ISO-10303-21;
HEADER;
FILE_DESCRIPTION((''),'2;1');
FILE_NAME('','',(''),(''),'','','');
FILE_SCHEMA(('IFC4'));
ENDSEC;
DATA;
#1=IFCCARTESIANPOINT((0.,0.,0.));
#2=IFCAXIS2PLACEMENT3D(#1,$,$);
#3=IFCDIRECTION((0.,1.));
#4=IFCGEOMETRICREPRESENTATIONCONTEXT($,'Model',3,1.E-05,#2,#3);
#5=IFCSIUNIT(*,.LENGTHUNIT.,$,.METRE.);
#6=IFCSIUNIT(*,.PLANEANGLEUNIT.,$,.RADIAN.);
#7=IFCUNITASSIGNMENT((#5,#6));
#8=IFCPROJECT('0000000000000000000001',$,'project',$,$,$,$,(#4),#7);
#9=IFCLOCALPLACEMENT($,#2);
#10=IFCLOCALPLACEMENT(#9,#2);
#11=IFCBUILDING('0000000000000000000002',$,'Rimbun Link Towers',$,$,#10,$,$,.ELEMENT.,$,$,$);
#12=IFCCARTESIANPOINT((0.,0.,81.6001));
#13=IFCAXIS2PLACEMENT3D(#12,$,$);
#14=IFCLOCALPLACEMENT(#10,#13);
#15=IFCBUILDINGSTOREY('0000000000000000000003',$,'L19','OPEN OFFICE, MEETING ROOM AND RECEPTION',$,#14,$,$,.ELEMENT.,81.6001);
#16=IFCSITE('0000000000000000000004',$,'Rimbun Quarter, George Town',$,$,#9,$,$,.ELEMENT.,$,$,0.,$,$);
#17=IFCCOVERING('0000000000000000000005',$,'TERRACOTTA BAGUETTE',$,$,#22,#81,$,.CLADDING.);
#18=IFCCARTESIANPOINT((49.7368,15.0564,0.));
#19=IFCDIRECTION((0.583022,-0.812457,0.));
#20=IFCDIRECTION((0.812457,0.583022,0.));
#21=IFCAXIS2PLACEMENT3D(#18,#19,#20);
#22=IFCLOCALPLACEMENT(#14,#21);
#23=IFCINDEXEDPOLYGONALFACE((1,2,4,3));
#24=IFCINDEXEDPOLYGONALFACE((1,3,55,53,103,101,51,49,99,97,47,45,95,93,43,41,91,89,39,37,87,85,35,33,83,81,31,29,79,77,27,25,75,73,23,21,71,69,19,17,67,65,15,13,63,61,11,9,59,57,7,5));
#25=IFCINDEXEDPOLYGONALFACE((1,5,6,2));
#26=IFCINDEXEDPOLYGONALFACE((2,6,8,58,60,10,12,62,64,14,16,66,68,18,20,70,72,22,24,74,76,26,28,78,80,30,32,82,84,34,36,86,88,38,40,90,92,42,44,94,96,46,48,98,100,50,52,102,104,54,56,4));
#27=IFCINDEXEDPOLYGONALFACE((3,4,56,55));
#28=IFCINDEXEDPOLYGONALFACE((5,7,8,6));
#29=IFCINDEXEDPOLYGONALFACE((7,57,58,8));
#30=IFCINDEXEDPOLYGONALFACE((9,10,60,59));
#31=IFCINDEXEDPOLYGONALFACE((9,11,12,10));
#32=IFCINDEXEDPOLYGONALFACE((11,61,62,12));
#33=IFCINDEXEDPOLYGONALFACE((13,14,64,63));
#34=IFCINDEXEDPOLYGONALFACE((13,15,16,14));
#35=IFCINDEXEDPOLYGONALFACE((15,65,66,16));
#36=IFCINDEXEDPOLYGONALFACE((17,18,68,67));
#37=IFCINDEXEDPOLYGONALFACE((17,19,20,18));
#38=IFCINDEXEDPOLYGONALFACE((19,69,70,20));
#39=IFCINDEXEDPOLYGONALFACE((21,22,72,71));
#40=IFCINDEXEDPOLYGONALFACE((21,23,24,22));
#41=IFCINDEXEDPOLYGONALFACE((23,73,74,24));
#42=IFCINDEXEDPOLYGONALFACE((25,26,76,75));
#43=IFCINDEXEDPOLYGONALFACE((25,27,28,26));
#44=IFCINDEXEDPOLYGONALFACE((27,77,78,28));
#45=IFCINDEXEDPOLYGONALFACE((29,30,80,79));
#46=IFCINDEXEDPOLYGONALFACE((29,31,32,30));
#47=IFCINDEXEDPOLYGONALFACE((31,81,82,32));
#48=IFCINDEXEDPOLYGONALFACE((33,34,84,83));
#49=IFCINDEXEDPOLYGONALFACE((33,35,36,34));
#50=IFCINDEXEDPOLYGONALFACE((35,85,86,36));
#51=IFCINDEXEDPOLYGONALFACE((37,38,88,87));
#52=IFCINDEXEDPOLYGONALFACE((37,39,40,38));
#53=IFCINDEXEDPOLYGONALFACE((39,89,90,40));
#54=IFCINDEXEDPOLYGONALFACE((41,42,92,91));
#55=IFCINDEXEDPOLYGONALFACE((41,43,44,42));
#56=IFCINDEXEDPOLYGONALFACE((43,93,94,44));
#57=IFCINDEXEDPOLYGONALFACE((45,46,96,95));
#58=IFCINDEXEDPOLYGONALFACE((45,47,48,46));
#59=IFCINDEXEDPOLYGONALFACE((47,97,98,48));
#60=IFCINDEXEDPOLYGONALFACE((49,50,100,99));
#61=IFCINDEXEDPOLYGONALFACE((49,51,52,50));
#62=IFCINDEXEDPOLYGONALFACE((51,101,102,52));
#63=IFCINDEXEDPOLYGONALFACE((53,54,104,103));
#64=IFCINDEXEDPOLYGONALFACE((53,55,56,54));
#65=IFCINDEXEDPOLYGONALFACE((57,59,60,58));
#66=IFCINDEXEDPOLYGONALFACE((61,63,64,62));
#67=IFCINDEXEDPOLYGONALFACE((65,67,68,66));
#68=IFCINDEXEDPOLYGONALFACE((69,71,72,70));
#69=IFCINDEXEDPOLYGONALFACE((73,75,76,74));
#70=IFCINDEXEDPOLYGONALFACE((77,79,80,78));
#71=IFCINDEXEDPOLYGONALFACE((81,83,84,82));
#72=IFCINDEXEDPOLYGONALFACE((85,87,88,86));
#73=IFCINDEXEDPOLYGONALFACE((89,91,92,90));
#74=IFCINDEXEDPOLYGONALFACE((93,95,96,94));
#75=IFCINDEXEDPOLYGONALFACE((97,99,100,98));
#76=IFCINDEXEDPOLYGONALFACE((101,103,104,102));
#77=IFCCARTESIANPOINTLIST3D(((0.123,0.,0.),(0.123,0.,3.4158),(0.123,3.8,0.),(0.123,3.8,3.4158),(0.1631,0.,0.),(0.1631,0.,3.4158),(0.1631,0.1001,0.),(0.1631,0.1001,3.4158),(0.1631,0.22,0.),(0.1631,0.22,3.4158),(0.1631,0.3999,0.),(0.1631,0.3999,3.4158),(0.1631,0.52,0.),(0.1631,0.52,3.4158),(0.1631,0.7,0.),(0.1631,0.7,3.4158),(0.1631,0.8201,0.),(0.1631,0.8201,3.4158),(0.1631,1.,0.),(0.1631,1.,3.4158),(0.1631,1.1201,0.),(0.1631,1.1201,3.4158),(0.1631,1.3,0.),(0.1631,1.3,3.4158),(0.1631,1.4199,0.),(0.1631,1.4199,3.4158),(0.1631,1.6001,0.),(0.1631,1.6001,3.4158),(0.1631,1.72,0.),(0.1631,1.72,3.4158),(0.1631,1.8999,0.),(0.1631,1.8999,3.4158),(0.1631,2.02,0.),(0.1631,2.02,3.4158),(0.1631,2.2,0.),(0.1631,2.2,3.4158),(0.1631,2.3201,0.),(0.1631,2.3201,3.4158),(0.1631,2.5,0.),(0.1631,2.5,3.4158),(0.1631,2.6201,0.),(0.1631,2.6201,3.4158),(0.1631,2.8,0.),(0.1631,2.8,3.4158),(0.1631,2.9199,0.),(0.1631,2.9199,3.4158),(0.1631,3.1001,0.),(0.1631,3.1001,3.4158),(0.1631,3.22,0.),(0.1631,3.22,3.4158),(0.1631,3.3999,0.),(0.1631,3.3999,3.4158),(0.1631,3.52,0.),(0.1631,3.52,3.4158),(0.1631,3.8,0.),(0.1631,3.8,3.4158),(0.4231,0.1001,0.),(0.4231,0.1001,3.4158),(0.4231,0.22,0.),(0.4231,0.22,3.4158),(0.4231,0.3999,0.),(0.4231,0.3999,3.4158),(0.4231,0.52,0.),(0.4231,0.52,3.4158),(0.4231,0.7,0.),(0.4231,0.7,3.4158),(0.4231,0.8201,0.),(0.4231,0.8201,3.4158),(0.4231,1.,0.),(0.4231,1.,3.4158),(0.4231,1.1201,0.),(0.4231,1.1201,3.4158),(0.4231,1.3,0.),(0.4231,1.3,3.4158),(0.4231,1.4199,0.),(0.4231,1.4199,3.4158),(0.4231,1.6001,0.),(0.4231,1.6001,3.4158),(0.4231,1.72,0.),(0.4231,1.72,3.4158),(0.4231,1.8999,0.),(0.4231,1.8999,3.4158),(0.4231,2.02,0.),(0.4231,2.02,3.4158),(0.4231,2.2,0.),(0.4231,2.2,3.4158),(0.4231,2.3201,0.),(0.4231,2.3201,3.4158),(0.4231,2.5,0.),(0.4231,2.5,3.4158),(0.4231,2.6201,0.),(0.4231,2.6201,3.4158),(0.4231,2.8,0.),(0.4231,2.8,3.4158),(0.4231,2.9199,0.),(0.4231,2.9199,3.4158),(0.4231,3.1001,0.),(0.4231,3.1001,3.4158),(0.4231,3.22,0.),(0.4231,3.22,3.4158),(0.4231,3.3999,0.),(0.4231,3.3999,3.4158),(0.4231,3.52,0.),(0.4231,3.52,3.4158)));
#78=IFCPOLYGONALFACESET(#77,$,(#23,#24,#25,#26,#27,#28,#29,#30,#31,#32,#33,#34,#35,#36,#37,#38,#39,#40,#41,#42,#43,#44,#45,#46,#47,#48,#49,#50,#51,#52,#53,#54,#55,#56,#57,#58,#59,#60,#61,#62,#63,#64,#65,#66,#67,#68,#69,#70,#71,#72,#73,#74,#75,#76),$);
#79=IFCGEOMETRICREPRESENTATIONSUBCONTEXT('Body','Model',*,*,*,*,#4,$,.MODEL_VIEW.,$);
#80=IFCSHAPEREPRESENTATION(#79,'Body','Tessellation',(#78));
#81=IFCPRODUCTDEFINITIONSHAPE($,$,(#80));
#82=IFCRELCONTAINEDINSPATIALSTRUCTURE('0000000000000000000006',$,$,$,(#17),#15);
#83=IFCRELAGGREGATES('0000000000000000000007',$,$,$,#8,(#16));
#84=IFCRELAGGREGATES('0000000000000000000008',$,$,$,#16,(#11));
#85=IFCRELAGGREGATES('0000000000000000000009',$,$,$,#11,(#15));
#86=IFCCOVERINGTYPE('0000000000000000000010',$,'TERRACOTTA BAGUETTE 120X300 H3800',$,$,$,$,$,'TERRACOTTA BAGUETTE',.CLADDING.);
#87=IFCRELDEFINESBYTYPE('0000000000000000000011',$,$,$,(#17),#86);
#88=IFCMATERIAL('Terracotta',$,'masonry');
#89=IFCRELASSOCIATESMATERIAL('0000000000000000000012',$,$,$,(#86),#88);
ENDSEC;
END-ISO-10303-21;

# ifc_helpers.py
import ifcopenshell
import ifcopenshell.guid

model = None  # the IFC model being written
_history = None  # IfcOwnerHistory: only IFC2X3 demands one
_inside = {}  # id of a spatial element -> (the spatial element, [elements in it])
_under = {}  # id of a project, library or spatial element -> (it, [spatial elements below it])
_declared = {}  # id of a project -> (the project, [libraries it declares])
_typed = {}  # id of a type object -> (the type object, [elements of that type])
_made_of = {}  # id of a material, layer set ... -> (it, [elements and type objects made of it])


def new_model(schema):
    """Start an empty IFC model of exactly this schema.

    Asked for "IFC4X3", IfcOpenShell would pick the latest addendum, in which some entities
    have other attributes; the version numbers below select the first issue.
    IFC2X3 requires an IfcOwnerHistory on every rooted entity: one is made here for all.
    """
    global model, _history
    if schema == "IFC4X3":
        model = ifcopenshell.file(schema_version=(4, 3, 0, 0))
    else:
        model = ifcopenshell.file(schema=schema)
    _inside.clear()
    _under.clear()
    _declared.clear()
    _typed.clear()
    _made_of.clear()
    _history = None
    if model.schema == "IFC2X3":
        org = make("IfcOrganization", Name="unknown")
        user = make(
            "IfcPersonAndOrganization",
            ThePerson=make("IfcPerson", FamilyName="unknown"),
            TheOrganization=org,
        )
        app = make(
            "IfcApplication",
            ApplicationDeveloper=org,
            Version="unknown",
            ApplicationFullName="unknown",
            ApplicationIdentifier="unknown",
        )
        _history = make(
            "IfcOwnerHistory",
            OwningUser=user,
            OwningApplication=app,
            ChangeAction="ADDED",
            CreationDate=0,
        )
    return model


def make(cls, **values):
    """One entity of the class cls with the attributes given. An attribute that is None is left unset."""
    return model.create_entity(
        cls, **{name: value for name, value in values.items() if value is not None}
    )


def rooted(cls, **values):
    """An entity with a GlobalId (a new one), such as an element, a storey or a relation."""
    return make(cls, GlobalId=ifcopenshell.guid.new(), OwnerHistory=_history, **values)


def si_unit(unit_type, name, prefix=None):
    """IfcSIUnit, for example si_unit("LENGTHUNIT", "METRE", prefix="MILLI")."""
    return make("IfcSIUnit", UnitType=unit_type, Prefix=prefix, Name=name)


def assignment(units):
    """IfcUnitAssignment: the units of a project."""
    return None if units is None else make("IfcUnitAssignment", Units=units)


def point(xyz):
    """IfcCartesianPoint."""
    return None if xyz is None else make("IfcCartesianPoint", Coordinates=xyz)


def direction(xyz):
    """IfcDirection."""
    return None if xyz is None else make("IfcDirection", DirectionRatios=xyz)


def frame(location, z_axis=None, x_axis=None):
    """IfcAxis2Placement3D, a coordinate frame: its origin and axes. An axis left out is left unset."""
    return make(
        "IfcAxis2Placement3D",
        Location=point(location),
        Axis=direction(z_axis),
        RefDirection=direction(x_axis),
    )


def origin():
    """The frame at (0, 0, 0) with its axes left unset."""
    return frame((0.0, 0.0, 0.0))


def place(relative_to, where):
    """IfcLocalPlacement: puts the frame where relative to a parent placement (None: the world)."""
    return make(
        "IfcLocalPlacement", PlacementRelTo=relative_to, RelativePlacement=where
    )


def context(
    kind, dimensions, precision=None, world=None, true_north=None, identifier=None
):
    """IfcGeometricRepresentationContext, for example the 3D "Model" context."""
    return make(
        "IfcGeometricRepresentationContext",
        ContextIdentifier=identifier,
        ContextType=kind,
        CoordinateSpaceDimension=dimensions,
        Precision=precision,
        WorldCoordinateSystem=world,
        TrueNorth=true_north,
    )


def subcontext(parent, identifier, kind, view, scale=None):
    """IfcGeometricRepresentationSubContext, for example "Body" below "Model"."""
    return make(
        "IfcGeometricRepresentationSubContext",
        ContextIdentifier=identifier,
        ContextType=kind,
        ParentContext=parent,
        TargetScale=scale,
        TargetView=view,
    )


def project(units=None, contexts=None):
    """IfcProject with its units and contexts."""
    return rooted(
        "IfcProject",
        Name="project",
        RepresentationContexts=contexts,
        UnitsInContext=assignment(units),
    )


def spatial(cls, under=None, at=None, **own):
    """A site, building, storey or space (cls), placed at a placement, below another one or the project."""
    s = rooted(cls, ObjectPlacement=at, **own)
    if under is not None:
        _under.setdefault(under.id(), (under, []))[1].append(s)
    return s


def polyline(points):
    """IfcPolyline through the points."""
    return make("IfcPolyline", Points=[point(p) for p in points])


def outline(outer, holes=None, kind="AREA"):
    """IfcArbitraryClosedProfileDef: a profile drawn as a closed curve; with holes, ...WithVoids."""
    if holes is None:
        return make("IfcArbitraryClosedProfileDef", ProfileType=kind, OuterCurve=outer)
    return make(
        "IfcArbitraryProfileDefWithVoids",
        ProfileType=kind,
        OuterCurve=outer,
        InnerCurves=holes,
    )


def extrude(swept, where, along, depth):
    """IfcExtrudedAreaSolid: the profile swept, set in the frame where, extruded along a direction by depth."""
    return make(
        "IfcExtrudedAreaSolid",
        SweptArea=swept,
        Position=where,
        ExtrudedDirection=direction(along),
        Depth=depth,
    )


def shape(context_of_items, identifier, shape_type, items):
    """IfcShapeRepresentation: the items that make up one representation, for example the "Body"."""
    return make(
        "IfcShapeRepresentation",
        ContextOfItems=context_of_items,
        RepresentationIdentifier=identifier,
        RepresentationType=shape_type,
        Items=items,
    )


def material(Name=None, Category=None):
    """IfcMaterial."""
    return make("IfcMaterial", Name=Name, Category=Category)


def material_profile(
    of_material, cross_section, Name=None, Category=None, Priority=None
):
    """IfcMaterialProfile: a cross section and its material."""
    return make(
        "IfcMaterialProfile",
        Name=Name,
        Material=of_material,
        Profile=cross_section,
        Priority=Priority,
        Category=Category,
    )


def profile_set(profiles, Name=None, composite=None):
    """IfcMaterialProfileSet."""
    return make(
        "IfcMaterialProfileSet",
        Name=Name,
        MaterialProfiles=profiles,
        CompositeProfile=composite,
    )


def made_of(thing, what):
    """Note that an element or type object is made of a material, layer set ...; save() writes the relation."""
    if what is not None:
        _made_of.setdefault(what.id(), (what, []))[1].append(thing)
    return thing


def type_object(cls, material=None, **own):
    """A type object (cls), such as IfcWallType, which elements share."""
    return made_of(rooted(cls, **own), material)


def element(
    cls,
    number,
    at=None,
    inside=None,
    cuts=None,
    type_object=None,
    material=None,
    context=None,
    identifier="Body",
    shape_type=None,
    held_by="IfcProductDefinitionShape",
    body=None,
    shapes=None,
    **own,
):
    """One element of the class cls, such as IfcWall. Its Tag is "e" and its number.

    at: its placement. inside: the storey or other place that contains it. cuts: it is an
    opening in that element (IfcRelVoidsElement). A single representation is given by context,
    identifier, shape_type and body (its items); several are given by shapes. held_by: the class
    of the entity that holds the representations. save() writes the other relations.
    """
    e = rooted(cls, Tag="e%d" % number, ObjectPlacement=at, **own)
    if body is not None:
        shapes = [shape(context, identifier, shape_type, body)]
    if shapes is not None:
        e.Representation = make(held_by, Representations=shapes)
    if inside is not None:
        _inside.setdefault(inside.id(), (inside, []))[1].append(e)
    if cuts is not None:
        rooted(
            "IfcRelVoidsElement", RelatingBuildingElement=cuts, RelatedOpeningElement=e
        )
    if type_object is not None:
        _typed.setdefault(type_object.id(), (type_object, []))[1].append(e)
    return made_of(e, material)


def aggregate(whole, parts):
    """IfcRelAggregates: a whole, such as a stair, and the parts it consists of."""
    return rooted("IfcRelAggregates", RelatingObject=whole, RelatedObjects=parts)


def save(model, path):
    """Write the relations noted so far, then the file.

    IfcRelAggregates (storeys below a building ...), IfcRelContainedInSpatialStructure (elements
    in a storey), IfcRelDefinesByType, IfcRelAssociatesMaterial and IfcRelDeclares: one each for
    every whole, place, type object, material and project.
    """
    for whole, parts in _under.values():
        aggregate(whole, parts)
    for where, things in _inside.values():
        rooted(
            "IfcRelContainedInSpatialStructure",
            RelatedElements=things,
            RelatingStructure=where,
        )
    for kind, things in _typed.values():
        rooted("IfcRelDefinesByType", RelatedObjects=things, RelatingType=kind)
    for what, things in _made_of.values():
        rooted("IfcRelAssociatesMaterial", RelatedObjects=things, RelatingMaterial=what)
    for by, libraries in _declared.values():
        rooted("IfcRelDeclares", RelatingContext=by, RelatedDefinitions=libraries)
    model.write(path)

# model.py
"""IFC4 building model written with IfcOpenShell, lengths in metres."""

from ifc_helpers import new_model, si_unit, direction, frame, origin, place, context, subcontext, project, spatial, polyline, outline, extrude, material, material_profile, profile_set, type_object, element, save


model = new_model("IFC4")

# Units and contexts
model_context = context("Model", 3, precision=1e-05, world=origin(), true_north=direction((0.0, 1.0)))
body_context = subcontext(model_context, "Body", "Model", "MODEL_VIEW")
ifc_project = project(units=[si_unit("LENGTHUNIT", "METRE"), si_unit("PLANEANGLEUNIT", "RADIAN")], contexts=[model_context])

# Site, building, storey
site_placement = place(None, origin())
site = spatial("IfcSite", under=ifc_project, at=site_placement, Name="Rimbun Quarter, George Town", CompositionType="ELEMENT", RefElevation=0.0)
building_placement = place(site_placement, origin())
building = spatial("IfcBuilding", under=site, at=building_placement, Name="Rimbun Link Towers", CompositionType="ELEMENT")
storey_placement = place(building_placement, frame((0.0, 0.0, 81.6001)))
storey = spatial("IfcBuildingStorey", under=building, at=storey_placement, Name="L19", Description="OPEN OFFICE, MEETING ROOM AND RECEPTION", CompositionType="ELEMENT", Elevation=81.6001)

# Covering
ifc_material_1 = material(Name="Terracotta", Category="masonry")
ifc_material_profile_1 = material_profile(ifc_material_1, outline(polyline([(0.123, 0.0), (0.1631, 0.0), (0.1631, 0.1001), (0.4231, 0.1001), (0.4231, 0.22), (0.1631, 0.22), (0.1631, 0.3999), (0.4231, 0.3999), (0.4231, 0.52), (0.1631, 0.52), (0.1631, 0.7), (0.4231, 0.7), (0.4231, 0.8201), (0.1631, 0.8201), (0.1631, 1.0), (0.4231, 1.0), (0.4231, 1.1201), (0.1631, 1.1201), (0.1631, 1.3), (0.4231, 1.3), (0.4231, 1.4199), (0.1631, 1.4199), (0.1631, 1.6001), (0.4231, 1.6001), (0.4231, 1.72), (0.1631, 1.72), (0.1631, 1.8999), (0.4231, 1.8999), (0.4231, 2.02), (0.1631, 2.02), (0.1631, 2.2), (0.4231, 2.2), (0.4231, 2.3201), (0.1631, 2.3201), (0.1631, 2.5), (0.4231, 2.5), (0.4231, 2.6201), (0.1631, 2.6201), (0.1631, 2.8), (0.4231, 2.8), (0.4231, 2.9199), (0.1631, 2.9199), (0.1631, 3.1001), (0.4231, 3.1001), (0.4231, 3.22), (0.1631, 3.22), (0.1631, 3.3999), (0.4231, 3.3999), (0.4231, 3.52), (0.1631, 3.52), (0.1631, 3.8), (0.123, 3.8), (0.123, 0.0)])), Name="BAGUETTE 120X300")
ifc_profile_set_1 = profile_set([ifc_material_profile_1], Name="Terracotta")
covering_type = type_object("IfcCoveringType", Name="TERRACOTTA BAGUETTE 120X300 H3800", ElementType="TERRACOTTA BAGUETTE", PredefinedType="CLADDING", material=ifc_profile_set_1)
covering_1_placement = place(storey_placement, frame((49.7368, 15.0564, 0.0), z_axis=(0.583022, -0.812457, 0.0), x_axis=(0.812457, 0.583022, 0.0)))
element("IfcCovering", 1, at=covering_1_placement, inside=storey, type_object=covering_type, Name="TERRACOTTA BAGUETTE", PredefinedType="CLADDING", context=body_context, shape_type="SweptSolid", body=[
    extrude(outline(polyline([(0.123, 0.0), (0.1631, 0.0), (0.1631, 0.1001), (0.4231, 0.1001), (0.4231, 0.22), (0.1631, 0.22), (0.1631, 0.3999), (0.4231, 0.3999), (0.4231, 0.52), (0.1631, 0.52), (0.1631, 0.7), (0.4231, 0.7), (0.4231, 0.8201), (0.1631, 0.8201), (0.1631, 1.0), (0.4231, 1.0), (0.4231, 1.1201), (0.1631, 1.1201), (0.1631, 1.3), (0.4231, 1.3), (0.4231, 1.4199), (0.1631, 1.4199), (0.1631, 1.6001), (0.4231, 1.6001), (0.4231, 1.72), (0.1631, 1.72), (0.1631, 1.8999), (0.4231, 1.8999), (0.4231, 2.02), (0.1631, 2.02), (0.1631, 2.2), (0.4231, 2.2), (0.4231, 2.3201), (0.1631, 2.3201), (0.1631, 2.5), (0.4231, 2.5), (0.4231, 2.6201), (0.1631, 2.6201), (0.1631, 2.8), (0.4231, 2.8), (0.4231, 2.9199), (0.1631, 2.9199), (0.1631, 3.1001), (0.4231, 3.1001), (0.4231, 3.22), (0.1631, 3.22), (0.1631, 3.3999), (0.4231, 3.3999), (0.4231, 3.52), (0.1631, 3.52), (0.1631, 3.8), (0.123, 3.8), (0.123, 0.0)])), origin(), (0.0, 0.0, 1.0), 3.4158),
])

save(model, "model.ifc")
